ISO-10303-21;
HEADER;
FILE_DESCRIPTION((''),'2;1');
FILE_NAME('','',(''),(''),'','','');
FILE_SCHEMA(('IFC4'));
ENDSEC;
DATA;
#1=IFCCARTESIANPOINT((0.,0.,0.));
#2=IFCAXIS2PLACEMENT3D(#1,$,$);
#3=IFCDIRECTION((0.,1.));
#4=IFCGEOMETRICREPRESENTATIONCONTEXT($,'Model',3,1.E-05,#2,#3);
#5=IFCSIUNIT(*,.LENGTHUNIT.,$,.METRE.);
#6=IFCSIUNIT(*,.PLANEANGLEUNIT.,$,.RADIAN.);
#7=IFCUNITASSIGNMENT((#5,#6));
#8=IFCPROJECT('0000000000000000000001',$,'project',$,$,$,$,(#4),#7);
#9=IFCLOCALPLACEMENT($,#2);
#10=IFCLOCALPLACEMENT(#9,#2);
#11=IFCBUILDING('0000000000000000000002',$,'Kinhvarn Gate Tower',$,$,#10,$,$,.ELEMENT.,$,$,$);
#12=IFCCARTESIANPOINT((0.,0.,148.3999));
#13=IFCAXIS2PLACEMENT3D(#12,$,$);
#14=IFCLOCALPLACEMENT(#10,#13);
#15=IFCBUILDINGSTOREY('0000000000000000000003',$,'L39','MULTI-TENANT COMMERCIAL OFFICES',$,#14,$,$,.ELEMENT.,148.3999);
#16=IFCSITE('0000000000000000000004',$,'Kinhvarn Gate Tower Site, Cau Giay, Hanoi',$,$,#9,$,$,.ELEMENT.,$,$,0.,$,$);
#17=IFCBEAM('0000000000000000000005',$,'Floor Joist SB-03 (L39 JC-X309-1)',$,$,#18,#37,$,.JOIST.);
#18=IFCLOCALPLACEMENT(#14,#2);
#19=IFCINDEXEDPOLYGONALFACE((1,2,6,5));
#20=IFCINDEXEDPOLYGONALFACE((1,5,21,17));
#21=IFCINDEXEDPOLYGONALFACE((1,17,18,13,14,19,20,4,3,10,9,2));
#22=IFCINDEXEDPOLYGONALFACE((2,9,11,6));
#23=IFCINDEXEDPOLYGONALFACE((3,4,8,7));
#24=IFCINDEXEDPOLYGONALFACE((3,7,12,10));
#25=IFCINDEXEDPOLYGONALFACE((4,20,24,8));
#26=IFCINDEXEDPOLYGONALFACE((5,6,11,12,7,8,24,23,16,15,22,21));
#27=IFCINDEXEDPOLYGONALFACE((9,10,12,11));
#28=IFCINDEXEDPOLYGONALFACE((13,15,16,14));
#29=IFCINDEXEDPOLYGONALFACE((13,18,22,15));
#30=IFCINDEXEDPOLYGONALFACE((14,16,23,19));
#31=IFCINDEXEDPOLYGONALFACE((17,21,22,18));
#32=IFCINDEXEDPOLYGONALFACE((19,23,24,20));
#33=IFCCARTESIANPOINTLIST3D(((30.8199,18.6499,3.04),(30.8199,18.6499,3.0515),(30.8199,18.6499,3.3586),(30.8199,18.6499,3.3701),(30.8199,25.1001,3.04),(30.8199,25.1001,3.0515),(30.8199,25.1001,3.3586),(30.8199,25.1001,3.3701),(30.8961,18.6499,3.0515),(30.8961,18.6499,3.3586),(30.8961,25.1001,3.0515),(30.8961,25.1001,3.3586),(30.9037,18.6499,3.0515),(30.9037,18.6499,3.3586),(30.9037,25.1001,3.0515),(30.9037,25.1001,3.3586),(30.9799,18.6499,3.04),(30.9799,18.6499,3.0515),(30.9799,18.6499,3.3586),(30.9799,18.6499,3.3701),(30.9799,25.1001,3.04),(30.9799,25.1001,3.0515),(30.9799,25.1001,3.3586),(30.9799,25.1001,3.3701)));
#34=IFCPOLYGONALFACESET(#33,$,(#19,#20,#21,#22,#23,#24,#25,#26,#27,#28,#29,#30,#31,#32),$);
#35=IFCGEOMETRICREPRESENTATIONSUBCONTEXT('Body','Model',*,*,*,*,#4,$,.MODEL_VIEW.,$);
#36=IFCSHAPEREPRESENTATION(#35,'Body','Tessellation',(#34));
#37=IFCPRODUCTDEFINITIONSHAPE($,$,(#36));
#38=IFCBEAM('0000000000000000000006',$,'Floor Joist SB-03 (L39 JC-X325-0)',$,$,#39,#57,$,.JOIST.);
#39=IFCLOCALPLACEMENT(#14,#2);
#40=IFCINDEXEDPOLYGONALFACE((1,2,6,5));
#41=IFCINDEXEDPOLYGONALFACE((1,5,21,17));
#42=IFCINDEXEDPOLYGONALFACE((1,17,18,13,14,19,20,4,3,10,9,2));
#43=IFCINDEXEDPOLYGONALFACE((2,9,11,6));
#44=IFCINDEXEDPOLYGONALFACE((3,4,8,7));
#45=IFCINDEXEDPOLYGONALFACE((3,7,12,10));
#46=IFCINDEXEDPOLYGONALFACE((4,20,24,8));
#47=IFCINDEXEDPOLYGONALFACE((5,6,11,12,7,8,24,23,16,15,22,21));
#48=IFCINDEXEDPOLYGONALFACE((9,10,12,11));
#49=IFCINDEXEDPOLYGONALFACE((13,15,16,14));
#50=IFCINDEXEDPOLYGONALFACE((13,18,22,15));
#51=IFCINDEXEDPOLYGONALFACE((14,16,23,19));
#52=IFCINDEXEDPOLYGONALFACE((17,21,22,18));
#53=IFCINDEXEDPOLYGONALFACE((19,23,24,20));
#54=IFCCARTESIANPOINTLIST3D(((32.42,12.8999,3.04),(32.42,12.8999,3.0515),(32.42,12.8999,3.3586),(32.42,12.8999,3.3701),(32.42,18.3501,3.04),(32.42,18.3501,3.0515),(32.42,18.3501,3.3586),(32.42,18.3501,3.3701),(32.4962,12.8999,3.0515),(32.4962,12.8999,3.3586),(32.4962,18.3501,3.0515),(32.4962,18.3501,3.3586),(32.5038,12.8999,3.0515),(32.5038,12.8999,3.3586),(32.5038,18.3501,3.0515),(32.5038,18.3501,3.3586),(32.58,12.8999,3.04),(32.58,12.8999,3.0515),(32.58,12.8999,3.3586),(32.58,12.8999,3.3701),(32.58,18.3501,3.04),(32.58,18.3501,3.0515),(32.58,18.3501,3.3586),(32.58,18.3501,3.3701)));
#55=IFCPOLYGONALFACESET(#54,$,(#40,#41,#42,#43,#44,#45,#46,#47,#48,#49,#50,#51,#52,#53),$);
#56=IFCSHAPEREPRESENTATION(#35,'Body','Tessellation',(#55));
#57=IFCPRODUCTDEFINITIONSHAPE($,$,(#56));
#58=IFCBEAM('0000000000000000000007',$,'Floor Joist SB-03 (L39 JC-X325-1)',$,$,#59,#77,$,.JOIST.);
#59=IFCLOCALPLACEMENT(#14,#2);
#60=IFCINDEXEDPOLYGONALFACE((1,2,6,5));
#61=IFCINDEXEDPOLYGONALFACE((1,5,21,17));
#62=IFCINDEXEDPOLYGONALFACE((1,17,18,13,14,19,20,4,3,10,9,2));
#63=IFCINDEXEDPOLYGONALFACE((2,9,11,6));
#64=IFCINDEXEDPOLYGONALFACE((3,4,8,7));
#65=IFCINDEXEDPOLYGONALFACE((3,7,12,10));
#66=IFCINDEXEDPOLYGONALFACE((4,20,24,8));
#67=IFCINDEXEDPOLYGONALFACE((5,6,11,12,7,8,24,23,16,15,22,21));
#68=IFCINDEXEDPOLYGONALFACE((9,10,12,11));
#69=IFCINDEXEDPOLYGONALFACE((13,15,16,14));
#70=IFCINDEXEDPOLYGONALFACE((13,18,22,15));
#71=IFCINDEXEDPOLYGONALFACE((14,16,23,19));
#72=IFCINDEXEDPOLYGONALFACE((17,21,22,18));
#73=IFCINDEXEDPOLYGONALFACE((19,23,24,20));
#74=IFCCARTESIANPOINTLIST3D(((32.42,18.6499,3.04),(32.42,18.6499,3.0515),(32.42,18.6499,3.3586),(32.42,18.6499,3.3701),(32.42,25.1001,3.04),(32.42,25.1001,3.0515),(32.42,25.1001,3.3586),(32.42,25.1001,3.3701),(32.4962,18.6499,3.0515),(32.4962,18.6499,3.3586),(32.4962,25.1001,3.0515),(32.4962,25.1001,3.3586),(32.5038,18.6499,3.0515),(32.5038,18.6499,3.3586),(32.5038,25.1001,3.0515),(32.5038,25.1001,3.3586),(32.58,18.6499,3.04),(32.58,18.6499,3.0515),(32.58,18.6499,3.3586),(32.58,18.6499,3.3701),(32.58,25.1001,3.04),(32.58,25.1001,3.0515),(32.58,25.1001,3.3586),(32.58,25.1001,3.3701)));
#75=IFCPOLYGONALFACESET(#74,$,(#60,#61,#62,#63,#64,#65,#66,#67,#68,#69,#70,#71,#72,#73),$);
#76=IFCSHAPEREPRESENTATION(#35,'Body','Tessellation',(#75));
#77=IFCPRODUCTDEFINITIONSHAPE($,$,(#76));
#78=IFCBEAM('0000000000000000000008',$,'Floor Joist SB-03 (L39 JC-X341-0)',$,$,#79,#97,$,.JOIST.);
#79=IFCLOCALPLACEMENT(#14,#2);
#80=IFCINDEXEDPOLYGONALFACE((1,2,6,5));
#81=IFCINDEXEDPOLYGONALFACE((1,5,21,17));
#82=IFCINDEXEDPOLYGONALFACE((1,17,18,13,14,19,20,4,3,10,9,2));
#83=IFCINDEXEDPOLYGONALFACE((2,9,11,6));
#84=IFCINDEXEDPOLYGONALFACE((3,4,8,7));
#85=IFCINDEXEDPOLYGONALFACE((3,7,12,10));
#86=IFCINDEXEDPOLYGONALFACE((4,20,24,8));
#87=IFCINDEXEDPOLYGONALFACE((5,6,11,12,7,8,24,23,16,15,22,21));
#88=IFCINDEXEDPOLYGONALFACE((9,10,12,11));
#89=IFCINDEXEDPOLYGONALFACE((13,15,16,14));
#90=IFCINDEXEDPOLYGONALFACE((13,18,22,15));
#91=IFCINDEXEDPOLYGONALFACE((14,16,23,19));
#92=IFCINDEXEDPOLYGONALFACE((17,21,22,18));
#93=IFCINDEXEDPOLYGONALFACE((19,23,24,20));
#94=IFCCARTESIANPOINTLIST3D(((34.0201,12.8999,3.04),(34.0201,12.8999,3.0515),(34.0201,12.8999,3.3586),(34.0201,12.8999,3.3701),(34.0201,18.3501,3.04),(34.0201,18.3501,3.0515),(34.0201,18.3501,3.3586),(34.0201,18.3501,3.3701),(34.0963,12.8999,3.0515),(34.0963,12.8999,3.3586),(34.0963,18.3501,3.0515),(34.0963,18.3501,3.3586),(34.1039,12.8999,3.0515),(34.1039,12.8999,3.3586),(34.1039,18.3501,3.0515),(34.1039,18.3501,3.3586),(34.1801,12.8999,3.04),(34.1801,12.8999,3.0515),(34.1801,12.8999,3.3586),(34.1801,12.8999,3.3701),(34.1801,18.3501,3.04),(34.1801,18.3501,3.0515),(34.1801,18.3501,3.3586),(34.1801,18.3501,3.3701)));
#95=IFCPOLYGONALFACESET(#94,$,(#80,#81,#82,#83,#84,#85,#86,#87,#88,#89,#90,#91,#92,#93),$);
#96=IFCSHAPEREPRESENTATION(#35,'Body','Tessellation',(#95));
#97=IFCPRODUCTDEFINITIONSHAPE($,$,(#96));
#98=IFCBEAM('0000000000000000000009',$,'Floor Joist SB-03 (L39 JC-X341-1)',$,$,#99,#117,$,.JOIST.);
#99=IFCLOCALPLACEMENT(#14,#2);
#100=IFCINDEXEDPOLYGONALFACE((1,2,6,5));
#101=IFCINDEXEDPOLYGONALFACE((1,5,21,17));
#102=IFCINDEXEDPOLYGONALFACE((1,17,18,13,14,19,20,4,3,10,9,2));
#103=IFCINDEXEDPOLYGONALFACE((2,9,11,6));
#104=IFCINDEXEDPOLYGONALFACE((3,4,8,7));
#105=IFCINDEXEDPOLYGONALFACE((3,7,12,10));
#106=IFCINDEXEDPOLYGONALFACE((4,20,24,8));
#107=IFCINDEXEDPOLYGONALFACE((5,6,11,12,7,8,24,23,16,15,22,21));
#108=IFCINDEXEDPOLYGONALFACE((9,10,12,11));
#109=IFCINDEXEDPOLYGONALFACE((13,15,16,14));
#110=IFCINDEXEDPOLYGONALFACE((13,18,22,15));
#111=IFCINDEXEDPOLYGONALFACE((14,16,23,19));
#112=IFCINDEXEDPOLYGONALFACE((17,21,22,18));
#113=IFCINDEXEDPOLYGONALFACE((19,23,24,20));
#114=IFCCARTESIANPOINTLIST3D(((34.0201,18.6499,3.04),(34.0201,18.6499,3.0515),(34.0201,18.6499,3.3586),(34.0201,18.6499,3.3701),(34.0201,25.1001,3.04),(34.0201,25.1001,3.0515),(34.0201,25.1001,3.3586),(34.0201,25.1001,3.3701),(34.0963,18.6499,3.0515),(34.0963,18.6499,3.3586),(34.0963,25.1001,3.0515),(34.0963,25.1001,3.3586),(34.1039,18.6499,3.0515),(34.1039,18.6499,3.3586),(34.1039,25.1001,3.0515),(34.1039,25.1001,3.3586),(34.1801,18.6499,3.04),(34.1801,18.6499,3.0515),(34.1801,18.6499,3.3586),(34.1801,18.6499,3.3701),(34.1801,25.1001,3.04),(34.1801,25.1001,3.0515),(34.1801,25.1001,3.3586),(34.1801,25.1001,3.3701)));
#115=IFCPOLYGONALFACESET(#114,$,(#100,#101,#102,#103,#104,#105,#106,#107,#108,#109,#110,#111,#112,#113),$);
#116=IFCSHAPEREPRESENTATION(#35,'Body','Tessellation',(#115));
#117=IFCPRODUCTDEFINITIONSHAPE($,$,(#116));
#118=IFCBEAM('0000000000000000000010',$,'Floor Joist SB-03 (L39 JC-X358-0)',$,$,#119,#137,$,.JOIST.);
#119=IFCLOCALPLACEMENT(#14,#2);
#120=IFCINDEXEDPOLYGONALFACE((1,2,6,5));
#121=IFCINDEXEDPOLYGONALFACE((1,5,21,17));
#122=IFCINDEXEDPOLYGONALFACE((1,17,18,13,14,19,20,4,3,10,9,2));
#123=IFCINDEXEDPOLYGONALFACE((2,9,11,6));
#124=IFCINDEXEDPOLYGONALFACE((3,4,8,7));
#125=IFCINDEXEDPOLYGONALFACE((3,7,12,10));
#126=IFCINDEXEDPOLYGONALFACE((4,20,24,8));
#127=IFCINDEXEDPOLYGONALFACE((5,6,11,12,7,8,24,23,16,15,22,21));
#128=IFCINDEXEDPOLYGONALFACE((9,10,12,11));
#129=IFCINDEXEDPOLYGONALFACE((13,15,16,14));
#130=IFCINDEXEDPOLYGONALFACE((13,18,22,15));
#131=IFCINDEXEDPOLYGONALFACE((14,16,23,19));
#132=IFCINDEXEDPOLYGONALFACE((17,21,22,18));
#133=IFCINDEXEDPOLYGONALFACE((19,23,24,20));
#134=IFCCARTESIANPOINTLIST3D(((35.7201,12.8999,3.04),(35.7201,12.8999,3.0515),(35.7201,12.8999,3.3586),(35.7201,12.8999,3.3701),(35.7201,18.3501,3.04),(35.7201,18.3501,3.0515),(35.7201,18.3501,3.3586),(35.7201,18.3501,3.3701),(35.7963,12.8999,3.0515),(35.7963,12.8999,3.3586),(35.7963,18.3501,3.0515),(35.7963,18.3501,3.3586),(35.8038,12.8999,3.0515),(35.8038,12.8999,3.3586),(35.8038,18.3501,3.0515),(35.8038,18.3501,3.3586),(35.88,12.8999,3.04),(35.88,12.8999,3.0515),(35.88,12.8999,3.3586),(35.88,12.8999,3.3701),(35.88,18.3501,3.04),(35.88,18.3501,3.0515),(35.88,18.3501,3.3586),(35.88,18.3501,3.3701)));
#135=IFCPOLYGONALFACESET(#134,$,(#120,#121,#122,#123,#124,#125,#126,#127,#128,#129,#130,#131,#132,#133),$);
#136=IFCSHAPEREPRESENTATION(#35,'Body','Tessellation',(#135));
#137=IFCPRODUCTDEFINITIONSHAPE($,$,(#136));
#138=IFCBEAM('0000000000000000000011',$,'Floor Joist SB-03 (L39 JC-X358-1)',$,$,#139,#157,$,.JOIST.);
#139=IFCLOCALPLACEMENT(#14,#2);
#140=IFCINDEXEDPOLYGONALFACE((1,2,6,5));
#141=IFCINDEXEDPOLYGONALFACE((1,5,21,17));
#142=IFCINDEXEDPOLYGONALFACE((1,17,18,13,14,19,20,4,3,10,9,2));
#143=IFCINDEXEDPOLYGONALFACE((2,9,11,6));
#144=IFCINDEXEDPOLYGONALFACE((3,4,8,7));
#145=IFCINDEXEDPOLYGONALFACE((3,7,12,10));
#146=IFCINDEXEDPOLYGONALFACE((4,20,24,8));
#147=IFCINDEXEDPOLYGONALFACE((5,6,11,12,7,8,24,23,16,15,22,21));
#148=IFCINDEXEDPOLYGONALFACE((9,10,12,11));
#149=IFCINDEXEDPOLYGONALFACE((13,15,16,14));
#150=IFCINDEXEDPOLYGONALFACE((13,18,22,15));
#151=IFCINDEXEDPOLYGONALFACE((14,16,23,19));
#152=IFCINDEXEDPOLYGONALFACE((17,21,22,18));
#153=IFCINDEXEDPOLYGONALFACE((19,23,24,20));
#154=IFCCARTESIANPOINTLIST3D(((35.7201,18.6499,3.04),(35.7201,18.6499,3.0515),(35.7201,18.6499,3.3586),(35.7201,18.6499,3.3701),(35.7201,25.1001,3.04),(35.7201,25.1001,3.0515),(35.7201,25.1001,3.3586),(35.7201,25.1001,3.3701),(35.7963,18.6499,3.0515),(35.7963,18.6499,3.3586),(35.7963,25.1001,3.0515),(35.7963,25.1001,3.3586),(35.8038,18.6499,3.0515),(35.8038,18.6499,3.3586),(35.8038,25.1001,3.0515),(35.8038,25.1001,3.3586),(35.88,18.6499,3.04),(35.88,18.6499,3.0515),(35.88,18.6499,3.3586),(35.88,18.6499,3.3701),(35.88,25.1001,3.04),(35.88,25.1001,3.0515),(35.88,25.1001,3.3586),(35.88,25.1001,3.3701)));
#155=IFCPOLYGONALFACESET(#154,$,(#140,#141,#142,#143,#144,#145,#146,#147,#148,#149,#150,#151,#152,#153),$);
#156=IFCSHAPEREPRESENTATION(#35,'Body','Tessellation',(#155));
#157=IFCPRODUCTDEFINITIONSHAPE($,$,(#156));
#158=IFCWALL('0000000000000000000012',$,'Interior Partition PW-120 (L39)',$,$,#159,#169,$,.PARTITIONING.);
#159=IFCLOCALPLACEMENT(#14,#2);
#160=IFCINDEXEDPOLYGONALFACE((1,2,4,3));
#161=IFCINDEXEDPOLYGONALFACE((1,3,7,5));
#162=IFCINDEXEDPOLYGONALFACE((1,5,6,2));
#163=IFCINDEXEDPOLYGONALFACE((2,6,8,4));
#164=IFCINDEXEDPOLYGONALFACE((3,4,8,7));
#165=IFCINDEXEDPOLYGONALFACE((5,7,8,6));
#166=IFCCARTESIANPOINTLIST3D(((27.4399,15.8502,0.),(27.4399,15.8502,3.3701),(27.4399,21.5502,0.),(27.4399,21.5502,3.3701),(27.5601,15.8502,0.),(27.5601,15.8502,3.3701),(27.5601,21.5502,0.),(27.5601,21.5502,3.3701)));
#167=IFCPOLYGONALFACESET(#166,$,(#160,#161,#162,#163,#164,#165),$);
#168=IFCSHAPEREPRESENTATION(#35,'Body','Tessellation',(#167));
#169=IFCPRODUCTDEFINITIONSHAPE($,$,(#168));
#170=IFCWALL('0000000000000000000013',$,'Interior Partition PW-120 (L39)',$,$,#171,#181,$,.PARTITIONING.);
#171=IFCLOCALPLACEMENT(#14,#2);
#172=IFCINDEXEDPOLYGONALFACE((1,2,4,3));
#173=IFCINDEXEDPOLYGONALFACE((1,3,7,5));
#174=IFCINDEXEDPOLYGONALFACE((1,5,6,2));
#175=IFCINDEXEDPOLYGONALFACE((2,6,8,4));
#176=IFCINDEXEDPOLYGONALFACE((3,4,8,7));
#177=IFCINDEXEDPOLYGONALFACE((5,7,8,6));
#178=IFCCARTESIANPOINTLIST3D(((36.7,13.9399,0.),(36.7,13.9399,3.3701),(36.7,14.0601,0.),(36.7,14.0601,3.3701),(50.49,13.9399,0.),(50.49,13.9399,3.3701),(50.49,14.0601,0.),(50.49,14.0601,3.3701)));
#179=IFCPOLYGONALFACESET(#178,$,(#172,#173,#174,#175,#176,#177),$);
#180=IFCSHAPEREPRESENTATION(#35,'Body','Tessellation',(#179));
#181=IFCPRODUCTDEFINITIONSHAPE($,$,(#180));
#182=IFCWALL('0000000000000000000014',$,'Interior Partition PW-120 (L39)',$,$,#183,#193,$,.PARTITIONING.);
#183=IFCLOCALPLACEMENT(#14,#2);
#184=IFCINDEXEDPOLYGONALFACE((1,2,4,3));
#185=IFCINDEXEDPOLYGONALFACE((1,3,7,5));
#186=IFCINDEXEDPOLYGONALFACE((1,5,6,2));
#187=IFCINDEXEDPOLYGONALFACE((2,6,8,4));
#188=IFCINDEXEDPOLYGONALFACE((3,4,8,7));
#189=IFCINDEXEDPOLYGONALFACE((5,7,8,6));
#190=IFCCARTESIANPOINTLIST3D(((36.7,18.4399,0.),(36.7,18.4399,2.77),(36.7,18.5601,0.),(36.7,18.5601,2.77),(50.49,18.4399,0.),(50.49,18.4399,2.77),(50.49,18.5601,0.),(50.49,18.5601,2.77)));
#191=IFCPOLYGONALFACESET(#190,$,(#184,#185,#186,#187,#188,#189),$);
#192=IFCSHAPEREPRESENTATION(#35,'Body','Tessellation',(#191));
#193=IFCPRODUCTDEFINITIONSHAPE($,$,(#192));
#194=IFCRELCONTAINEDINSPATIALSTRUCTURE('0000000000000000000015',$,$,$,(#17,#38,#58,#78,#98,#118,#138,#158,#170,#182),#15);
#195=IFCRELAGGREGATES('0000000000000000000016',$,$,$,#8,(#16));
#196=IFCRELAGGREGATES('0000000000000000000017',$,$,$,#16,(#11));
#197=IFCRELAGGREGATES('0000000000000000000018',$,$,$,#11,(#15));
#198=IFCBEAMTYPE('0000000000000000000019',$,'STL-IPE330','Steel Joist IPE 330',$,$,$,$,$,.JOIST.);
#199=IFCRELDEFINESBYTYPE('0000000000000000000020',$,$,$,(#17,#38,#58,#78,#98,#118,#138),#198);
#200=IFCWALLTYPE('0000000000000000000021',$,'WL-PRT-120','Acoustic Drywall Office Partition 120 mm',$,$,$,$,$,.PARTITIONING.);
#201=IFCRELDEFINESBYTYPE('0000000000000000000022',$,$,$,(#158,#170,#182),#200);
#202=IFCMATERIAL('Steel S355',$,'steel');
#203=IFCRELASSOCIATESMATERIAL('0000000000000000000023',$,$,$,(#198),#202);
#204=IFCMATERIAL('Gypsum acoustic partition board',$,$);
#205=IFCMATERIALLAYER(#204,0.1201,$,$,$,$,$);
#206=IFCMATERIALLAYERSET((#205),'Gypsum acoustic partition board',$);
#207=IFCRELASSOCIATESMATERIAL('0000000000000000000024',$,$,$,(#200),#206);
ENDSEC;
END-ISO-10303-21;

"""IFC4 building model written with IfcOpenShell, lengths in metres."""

from ifc_helpers import new_model, si_unit, direction, frame, frame_2d, origin, origin_2d, place, context, subcontext, project, spatial, rectangle, i_section, extrude, material, layer, layer_set, material_profile, profile_set, type_object, element, save


model = new_model("IFC4")

# Units and contexts
model_context = context("Model", 3, precision=1e-05, world=origin(), true_north=direction((0.0, 1.0)))
body_context = subcontext(model_context, "Body", "Model", "MODEL_VIEW")
ifc_project = project(units=[si_unit("LENGTHUNIT", "METRE"), si_unit("PLANEANGLEUNIT", "RADIAN")], contexts=[model_context])

# Site, building, storey
site_placement = place(None, origin())
site = spatial("IfcSite", under=ifc_project, at=site_placement, Name="Kinhvarn Gate Tower Site, Cau Giay, Hanoi", CompositionType="ELEMENT", RefElevation=0.0)
building_placement = place(site_placement, origin())
building = spatial("IfcBuilding", under=site, at=building_placement, Name="Kinhvarn Gate Tower", CompositionType="ELEMENT")
storey_placement = place(building_placement, frame((0.0, 0.0, 148.3999)))
storey = spatial("IfcBuildingStorey", under=building, at=storey_placement, Name="L39", Description="MULTI-TENANT COMMERCIAL OFFICES", CompositionType="ELEMENT", Elevation=148.3999)

# Beams
ifc_material_1 = material(Name="Steel S355", Category="steel")
ifc_material_profile_1 = material_profile(ifc_material_1, i_section(OverallWidth=0.1599, OverallDepth=0.3301, WebThickness=0.0076, FlangeThickness=0.0115, at=origin_2d()), Name="IPE 330")
ifc_profile_set_1 = profile_set([ifc_material_profile_1], Name="Steel S355")
beam_type_1 = type_object("IfcBeamType", Name="STL-IPE330", Description="Steel Joist IPE 330", PredefinedType="JOIST", material=ifc_profile_set_1)
beam_1_placement = place(storey_placement, frame((30.8999, 18.6499, 3.2051), z_axis=(0.0, 1.0, 0.0), x_axis=(-1.0, 0.0, 0.0)))
element("IfcBeam", 1, at=beam_1_placement, inside=storey, type_object=beam_type_1, Name="Floor Joist SB-03 (L39 JC-X309-1)", PredefinedType="JOIST", context=body_context, shape_type="SweptSolid", body=[
    extrude(i_section(OverallWidth=0.1599, OverallDepth=0.3301, WebThickness=0.0076, FlangeThickness=0.0115, at=origin_2d()), origin(), (0.0, 0.0, 1.0), 6.4502),
])
beam_2_placement = place(storey_placement, frame((32.5, 12.8999, 3.2051), z_axis=(0.0, 1.0, 0.0), x_axis=(-1.0, 0.0, 0.0)))
element("IfcBeam", 2, at=beam_2_placement, inside=storey, type_object=beam_type_1, Name="Floor Joist SB-03 (L39 JC-X325-0)", PredefinedType="JOIST", context=body_context, shape_type="SweptSolid", body=[
    extrude(i_section(OverallWidth=0.1599, OverallDepth=0.3301, WebThickness=0.0076, FlangeThickness=0.0115, at=origin_2d()), origin(), (0.0, 0.0, 1.0), 5.4502),
])
beam_3_placement = place(storey_placement, frame((32.5, 18.6499, 3.2051), z_axis=(0.0, 1.0, 0.0), x_axis=(-1.0, 0.0, 0.0)))
element("IfcBeam", 3, at=beam_3_placement, inside=storey, type_object=beam_type_1, Name="Floor Joist SB-03 (L39 JC-X325-1)", PredefinedType="JOIST", context=body_context, shape_type="SweptSolid", body=[
    extrude(i_section(OverallWidth=0.1599, OverallDepth=0.3301, WebThickness=0.0076, FlangeThickness=0.0115, at=origin_2d()), origin(), (0.0, 0.0, 1.0), 6.4502),
])
beam_4_placement = place(storey_placement, frame((34.1001, 12.8999, 3.2051), z_axis=(0.0, 1.0, 0.0), x_axis=(-1.0, 0.0, 0.0)))
element("IfcBeam", 4, at=beam_4_placement, inside=storey, type_object=beam_type_1, Name="Floor Joist SB-03 (L39 JC-X341-0)", PredefinedType="JOIST", context=body_context, shape_type="SweptSolid", body=[
    extrude(i_section(OverallWidth=0.1599, OverallDepth=0.3301, WebThickness=0.0076, FlangeThickness=0.0115, at=origin_2d()), origin(), (0.0, 0.0, 1.0), 5.4502),
])
beam_5_placement = place(storey_placement, frame((34.1001, 18.6499, 3.2051), z_axis=(0.0, 1.0, 0.0), x_axis=(-1.0, 0.0, 0.0)))
element("IfcBeam", 5, at=beam_5_placement, inside=storey, type_object=beam_type_1, Name="Floor Joist SB-03 (L39 JC-X341-1)", PredefinedType="JOIST", context=body_context, shape_type="SweptSolid", body=[
    extrude(i_section(OverallWidth=0.1599, OverallDepth=0.3301, WebThickness=0.0076, FlangeThickness=0.0115, at=origin_2d()), origin(), (0.0, 0.0, 1.0), 6.4502),
])
beam_6_placement = place(storey_placement, frame((35.8, 12.8999, 3.2051), z_axis=(0.0, 1.0, 0.0), x_axis=(-1.0, 0.0, 0.0)))
element("IfcBeam", 6, at=beam_6_placement, inside=storey, type_object=beam_type_1, Name="Floor Joist SB-03 (L39 JC-X358-0)", PredefinedType="JOIST", context=body_context, shape_type="SweptSolid", body=[
    extrude(i_section(OverallWidth=0.1599, OverallDepth=0.3301, WebThickness=0.0076, FlangeThickness=0.0115, at=origin_2d()), origin(), (0.0, 0.0, 1.0), 5.4502),
])
beam_7_placement = place(storey_placement, frame((35.8, 18.6499, 3.2051), z_axis=(0.0, 1.0, 0.0), x_axis=(-1.0, 0.0, 0.0)))
element("IfcBeam", 7, at=beam_7_placement, inside=storey, type_object=beam_type_1, Name="Floor Joist SB-03 (L39 JC-X358-1)", PredefinedType="JOIST", context=body_context, shape_type="SweptSolid", body=[
    extrude(i_section(OverallWidth=0.1599, OverallDepth=0.3301, WebThickness=0.0076, FlangeThickness=0.0115, at=origin_2d()), origin(), (0.0, 0.0, 1.0), 6.4502),
])

# Walls
ifc_material_2 = material(Name="Gypsum acoustic partition board")
ifc_layer_1 = layer(ifc_material_2, 0.1201)
ifc_layer_set_1 = layer_set([ifc_layer_1], Name="Gypsum acoustic partition board")
wall_type_1 = type_object("IfcWallType", Name="WL-PRT-120", Description="Acoustic Drywall Office Partition 120 mm", PredefinedType="PARTITIONING", material=ifc_layer_set_1)
wall_1_placement = place(storey_placement, frame((27.5, 15.8501, 0.0), z_axis=(0.0, 0.0, 1.0), x_axis=(0.0, 1.0, 0.0)))
element("IfcWall", 8, at=wall_1_placement, inside=storey, type_object=wall_type_1, Name="Interior Partition PW-120 (L39)", PredefinedType="PARTITIONING", context=body_context, shape_type="SweptSolid", body=[
    extrude(rectangle(XDim=5.7, YDim=0.1201, at=frame_2d((2.8501, 0.0))), origin(), (0.0, 0.0, 1.0), 3.3701),
])
wall_2_placement = place(storey_placement, frame((36.7, 14.0, 0.0), z_axis=(0.0, 0.0, 1.0), x_axis=(1.0, 0.0, 0.0)))
element("IfcWall", 9, at=wall_2_placement, inside=storey, type_object=wall_type_1, Name="Interior Partition PW-120 (L39)", PredefinedType="PARTITIONING", context=body_context, shape_type="SweptSolid", body=[
    extrude(rectangle(XDim=13.79, YDim=0.1201, at=frame_2d((6.895, 0.0))), origin(), (0.0, 0.0, 1.0), 3.3701),
])
wall_3_placement = place(storey_placement, frame((36.7, 18.5, 0.0), z_axis=(0.0, 0.0, 1.0), x_axis=(1.0, 0.0, 0.0)))
element("IfcWall", 10, at=wall_3_placement, inside=storey, type_object=wall_type_1, Name="Interior Partition PW-120 (L39)", PredefinedType="PARTITIONING", context=body_context, shape_type="SweptSolid", body=[
    extrude(rectangle(XDim=13.79, YDim=0.1201, at=frame_2d((6.895, 0.0))), origin(), (0.0, 0.0, 1.0), 2.77),
])

save(model, "model.ifc")
